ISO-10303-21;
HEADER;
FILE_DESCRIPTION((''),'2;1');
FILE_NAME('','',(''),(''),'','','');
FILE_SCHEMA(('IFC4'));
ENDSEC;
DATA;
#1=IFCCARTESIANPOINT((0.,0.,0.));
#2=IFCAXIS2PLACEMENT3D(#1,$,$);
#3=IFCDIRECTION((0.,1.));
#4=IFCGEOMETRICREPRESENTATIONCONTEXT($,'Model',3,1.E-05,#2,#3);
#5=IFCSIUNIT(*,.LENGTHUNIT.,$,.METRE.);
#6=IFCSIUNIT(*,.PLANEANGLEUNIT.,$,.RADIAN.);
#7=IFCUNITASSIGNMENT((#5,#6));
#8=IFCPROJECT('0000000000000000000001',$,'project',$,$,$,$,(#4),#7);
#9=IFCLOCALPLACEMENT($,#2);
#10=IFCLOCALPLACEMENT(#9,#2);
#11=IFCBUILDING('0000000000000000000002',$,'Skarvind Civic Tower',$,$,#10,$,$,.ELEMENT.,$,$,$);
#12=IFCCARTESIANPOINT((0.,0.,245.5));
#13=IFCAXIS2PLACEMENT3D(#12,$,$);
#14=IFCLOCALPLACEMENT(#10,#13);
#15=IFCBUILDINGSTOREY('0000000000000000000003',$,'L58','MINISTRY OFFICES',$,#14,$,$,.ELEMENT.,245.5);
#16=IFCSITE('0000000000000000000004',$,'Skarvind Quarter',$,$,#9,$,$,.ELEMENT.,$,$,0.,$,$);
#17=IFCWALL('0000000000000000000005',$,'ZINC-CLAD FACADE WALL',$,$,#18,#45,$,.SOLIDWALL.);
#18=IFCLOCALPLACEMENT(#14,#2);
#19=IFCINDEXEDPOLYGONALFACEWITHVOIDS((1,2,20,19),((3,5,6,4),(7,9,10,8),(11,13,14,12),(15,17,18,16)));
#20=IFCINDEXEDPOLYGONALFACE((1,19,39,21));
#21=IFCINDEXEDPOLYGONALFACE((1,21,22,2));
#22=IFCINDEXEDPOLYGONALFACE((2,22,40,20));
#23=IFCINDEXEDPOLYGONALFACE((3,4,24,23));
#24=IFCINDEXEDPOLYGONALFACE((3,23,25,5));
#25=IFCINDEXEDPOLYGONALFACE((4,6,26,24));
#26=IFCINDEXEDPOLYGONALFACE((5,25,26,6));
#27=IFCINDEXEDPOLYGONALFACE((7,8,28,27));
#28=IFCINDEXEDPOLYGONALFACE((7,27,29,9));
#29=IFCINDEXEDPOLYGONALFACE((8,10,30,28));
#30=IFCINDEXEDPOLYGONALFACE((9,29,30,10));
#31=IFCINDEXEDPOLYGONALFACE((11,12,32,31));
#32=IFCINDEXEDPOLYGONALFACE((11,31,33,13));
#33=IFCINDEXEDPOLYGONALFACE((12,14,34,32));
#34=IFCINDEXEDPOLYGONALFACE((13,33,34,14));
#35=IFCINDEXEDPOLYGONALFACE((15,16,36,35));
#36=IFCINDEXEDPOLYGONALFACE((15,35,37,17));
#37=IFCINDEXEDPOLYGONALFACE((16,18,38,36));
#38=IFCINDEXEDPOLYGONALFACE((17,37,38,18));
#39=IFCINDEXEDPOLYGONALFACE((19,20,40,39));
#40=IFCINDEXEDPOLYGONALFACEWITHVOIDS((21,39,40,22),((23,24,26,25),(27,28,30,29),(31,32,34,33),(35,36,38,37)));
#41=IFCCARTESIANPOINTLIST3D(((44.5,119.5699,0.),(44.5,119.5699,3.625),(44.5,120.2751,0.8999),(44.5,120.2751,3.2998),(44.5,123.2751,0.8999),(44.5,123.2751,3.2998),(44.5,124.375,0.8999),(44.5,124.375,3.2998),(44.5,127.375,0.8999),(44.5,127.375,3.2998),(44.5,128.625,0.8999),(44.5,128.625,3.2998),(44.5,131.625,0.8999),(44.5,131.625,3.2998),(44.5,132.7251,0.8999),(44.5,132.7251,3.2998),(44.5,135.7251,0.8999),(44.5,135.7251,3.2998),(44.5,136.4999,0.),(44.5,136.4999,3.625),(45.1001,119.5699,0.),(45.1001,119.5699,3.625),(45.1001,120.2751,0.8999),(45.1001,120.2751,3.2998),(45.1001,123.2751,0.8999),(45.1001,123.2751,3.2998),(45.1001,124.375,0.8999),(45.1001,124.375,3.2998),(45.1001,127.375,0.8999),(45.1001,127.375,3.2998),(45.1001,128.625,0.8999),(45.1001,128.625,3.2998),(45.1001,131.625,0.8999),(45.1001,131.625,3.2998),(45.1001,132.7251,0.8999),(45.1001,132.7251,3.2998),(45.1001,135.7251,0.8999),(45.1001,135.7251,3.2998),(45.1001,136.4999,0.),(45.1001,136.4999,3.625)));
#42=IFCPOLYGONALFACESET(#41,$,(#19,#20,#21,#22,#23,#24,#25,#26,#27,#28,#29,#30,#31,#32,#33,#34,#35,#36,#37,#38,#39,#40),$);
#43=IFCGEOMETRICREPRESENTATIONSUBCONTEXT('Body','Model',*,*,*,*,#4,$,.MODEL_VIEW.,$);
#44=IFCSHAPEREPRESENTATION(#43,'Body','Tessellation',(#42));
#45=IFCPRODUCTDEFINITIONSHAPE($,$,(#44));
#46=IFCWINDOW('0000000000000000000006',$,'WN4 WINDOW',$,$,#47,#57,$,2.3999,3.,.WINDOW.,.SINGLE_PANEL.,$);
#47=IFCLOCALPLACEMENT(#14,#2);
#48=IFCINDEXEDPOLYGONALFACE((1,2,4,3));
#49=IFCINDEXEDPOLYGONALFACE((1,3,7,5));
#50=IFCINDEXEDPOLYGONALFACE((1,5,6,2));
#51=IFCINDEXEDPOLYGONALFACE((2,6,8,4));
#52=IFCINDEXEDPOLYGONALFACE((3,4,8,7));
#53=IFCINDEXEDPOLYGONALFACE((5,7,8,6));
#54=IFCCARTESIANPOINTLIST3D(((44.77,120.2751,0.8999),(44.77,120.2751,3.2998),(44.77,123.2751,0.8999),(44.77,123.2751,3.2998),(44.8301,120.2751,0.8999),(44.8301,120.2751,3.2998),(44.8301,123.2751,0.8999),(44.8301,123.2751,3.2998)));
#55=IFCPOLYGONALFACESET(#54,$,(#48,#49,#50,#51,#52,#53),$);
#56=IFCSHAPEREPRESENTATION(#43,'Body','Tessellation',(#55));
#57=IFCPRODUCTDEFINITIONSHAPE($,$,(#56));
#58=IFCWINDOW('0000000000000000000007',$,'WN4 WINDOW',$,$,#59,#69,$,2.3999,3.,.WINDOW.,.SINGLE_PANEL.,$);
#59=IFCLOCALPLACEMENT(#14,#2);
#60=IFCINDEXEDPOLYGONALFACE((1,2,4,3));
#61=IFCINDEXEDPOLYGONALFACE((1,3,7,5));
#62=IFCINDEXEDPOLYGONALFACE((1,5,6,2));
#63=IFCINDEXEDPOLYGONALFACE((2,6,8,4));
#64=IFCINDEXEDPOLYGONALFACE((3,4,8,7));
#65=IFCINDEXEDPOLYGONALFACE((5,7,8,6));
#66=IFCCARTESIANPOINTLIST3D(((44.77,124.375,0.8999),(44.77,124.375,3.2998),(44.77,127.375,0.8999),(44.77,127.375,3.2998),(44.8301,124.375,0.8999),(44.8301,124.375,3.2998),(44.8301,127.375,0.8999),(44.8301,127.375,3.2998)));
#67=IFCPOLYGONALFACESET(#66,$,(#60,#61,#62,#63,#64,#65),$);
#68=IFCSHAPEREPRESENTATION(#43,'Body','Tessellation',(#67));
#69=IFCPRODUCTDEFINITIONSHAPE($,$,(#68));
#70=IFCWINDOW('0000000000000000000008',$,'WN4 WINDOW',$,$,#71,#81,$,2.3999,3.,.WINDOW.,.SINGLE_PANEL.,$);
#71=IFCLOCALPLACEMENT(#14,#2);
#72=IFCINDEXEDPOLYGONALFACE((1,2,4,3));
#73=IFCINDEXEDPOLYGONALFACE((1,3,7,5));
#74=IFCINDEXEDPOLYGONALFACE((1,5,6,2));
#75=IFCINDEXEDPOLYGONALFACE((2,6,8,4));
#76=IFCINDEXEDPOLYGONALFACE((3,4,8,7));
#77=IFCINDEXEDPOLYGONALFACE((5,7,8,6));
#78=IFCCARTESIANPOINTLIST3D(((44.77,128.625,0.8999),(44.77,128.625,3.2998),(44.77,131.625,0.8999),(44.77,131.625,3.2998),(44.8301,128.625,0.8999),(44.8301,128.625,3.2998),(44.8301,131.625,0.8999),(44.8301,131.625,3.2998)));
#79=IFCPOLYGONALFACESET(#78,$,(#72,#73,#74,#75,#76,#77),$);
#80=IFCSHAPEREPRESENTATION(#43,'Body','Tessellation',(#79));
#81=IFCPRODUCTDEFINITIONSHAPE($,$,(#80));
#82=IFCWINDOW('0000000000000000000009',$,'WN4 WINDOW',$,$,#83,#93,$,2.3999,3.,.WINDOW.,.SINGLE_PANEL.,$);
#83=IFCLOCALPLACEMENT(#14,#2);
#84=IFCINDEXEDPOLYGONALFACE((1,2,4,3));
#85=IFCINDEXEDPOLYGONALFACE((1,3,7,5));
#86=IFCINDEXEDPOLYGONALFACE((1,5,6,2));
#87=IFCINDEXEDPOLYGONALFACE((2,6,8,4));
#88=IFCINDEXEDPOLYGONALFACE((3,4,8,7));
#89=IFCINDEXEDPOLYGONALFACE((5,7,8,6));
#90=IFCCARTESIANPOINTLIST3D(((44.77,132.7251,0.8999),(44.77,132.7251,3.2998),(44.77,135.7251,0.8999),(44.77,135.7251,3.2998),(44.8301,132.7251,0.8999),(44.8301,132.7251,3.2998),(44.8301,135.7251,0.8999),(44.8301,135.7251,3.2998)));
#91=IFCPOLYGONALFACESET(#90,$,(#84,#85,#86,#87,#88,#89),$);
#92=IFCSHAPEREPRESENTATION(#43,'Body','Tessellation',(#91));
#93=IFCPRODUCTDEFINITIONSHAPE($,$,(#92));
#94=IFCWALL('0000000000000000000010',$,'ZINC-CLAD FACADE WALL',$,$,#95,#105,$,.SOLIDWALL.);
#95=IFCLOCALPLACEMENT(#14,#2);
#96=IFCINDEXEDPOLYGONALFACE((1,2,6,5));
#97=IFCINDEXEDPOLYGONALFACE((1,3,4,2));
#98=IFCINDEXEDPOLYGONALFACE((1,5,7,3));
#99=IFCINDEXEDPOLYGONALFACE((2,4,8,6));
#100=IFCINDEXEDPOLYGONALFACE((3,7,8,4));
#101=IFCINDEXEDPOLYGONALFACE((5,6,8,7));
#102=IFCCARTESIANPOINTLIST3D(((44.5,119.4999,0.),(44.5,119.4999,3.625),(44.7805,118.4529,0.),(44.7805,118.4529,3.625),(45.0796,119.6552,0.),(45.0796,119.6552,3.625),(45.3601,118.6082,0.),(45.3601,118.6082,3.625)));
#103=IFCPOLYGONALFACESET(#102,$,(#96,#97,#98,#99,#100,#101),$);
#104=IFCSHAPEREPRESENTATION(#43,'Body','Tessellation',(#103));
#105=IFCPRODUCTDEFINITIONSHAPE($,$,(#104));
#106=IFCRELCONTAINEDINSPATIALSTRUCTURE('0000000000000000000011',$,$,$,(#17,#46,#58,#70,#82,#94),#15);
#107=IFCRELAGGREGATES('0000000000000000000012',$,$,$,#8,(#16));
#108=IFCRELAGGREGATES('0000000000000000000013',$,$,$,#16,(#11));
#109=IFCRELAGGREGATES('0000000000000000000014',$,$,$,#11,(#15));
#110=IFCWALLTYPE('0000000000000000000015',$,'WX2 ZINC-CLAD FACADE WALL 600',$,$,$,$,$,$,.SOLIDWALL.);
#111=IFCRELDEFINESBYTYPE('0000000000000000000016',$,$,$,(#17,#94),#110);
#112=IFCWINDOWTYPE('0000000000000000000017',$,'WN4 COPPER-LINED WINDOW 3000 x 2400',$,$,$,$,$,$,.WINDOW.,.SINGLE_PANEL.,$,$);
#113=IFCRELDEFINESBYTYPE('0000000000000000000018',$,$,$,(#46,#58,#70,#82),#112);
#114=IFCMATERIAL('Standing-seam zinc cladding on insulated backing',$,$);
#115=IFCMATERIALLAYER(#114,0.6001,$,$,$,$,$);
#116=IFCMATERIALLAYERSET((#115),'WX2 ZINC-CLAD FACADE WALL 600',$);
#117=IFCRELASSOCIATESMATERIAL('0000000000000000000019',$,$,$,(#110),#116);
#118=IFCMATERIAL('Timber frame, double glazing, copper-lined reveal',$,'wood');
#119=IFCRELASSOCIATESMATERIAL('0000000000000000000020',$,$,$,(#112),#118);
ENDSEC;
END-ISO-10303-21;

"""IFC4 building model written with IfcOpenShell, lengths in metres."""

from ifc_helpers import new_model, si_unit, direction, frame, frame_2d, origin, place, context, subcontext, project, spatial, rectangle, extrude, material, layer, layer_set, type_object, element, fill, save


model = new_model("IFC4")

# Units and contexts
model_context = context("Model", 3, precision=1e-05, world=origin(), true_north=direction((0.0, 1.0)))
body_context = subcontext(model_context, "Body", "Model", "MODEL_VIEW")
ifc_project = project(units=[si_unit("LENGTHUNIT", "METRE"), si_unit("PLANEANGLEUNIT", "RADIAN")], contexts=[model_context])

# Site, building, storey
site_placement = place(None, origin())
site = spatial("IfcSite", under=ifc_project, at=site_placement, Name="Skarvind Quarter", CompositionType="ELEMENT", RefElevation=0.0)
building_placement = place(site_placement, origin())
building = spatial("IfcBuilding", under=site, at=building_placement, Name="Skarvind Civic Tower", CompositionType="ELEMENT")
storey_placement = place(building_placement, frame((0.0, 0.0, 245.5)))
storey = spatial("IfcBuildingStorey", under=building, at=storey_placement, Name="L58", Description="MINISTRY OFFICES", CompositionType="ELEMENT", Elevation=245.5)

# Wall, openings, windows
ifc_material_1 = material(Name="Standing-seam zinc cladding on insulated backing")
ifc_layer_1 = layer(ifc_material_1, 0.6001)
ifc_layer_set_1 = layer_set([ifc_layer_1], Name="WX2 ZINC-CLAD FACADE WALL 600")
wall_type_1 = type_object("IfcWallType", Name="WX2 ZINC-CLAD FACADE WALL 600", PredefinedType="SOLIDWALL", material=ifc_layer_set_1)
wall_1_placement = place(storey_placement, frame((44.8, 119.5701, 0.0), z_axis=(0.0, 0.0, 1.0), x_axis=(0.0, 1.0, 0.0)))
wall_1 = element("IfcWall", 1, at=wall_1_placement, inside=storey, type_object=wall_type_1, Name="ZINC-CLAD FACADE WALL", PredefinedType="SOLIDWALL", context=body_context, shape_type="SweptSolid", body=[
    extrude(rectangle(XDim=16.9299, YDim=0.6001, at=frame_2d((8.4648, 0.0))), origin(), (0.0, 0.0, 1.0), 3.625),
])
opening_1_placement = place(wall_1_placement, frame((0.7051, 0.0, 0.8999)))
opening_1 = element("IfcOpeningElement", 2, at=opening_1_placement, cuts=wall_1, PredefinedType="OPENING", context=body_context, shape_type="SweptSolid", body=[
    extrude(rectangle(XDim=3.0, YDim=2.3999, at=frame_2d((1.5, 1.2))), frame((0.0, 0.3101, 0.0), z_axis=(0.0, -1.0, 0.0), x_axis=(1.0, 0.0, 0.0)), (0.0, 0.0, 1.0), 0.6201),
])
opening_2_placement = place(wall_1_placement, frame((4.8049, 0.0, 0.8999)))
opening_2 = element("IfcOpeningElement", 3, at=opening_2_placement, cuts=wall_1, PredefinedType="OPENING", context=body_context, shape_type="SweptSolid", body=[
    extrude(rectangle(XDim=3.0, YDim=2.3999, at=frame_2d((1.5, 1.2))), frame((0.0, 0.3101, 0.0), z_axis=(0.0, -1.0, 0.0), x_axis=(1.0, 0.0, 0.0)), (0.0, 0.0, 1.0), 0.6201),
])
opening_3_placement = place(wall_1_placement, frame((9.0549, 0.0, 0.8999)))
opening_3 = element("IfcOpeningElement", 4, at=opening_3_placement, cuts=wall_1, PredefinedType="OPENING", context=body_context, shape_type="SweptSolid", body=[
    extrude(rectangle(XDim=3.0, YDim=2.3999, at=frame_2d((1.5, 1.2))), frame((0.0, 0.3101, 0.0), z_axis=(0.0, -1.0, 0.0), x_axis=(1.0, 0.0, 0.0)), (0.0, 0.0, 1.0), 0.6201),
])
opening_4_placement = place(wall_1_placement, frame((13.155, 0.0, 0.8999)))
opening_4 = element("IfcOpeningElement", 5, at=opening_4_placement, cuts=wall_1, PredefinedType="OPENING", context=body_context, shape_type="SweptSolid", body=[
    extrude(rectangle(XDim=3.0, YDim=2.3999, at=frame_2d((1.5, 1.2))), frame((0.0, 0.3101, 0.0), z_axis=(0.0, -1.0, 0.0), x_axis=(1.0, 0.0, 0.0)), (0.0, 0.0, 1.0), 0.6201),
])
ifc_material_2 = material(Name="Timber frame, double glazing, copper-lined reveal", Category="wood")
window_type = type_object("IfcWindowType", Name="WN4 COPPER-LINED WINDOW 3000 x 2400", PartitioningType="SINGLE_PANEL", PredefinedType="WINDOW", material=ifc_material_2)
window_1_placement = place(opening_1_placement, origin())
window_1 = element("IfcWindow", 6, at=window_1_placement, inside=storey, type_object=window_type, Name="WN4 WINDOW", OverallHeight=2.3999, OverallWidth=3.0, PartitioningType="SINGLE_PANEL", PredefinedType="WINDOW", context=body_context, shape_type="SweptSolid", body=[
    extrude(rectangle(XDim=3.0, YDim=2.3999, at=frame_2d((1.5, 1.2))), frame((0.0, 0.03, 0.0), z_axis=(0.0, -1.0, 0.0), x_axis=(1.0, 0.0, 0.0)), (0.0, 0.0, 1.0), 0.0601),
])
fill(opening_1, window_1)
window_2_placement = place(opening_2_placement, origin())
window_2 = element("IfcWindow", 7, at=window_2_placement, inside=storey, type_object=window_type, Name="WN4 WINDOW", OverallHeight=2.3999, OverallWidth=3.0, PartitioningType="SINGLE_PANEL", PredefinedType="WINDOW", context=body_context, shape_type="SweptSolid", body=[
    extrude(rectangle(XDim=3.0, YDim=2.3999, at=frame_2d((1.5, 1.2))), frame((0.0, 0.03, 0.0), z_axis=(0.0, -1.0, 0.0), x_axis=(1.0, 0.0, 0.0)), (0.0, 0.0, 1.0), 0.0601),
])
fill(opening_2, window_2)
window_3_placement = place(opening_3_placement, origin())
window_3 = element("IfcWindow", 8, at=window_3_placement, inside=storey, type_object=window_type, Name="WN4 WINDOW", OverallHeight=2.3999, OverallWidth=3.0, PartitioningType="SINGLE_PANEL", PredefinedType="WINDOW", context=body_context, shape_type="SweptSolid", body=[
    extrude(rectangle(XDim=3.0, YDim=2.3999, at=frame_2d((1.5, 1.2))), frame((0.0, 0.03, 0.0), z_axis=(0.0, -1.0, 0.0), x_axis=(1.0, 0.0, 0.0)), (0.0, 0.0, 1.0), 0.0601),
])
fill(opening_3, window_3)
window_4_placement = place(opening_4_placement, origin())
window_4 = element("IfcWindow", 9, at=window_4_placement, inside=storey, type_object=window_type, Name="WN4 WINDOW", OverallHeight=2.3999, OverallWidth=3.0, PartitioningType="SINGLE_PANEL", PredefinedType="WINDOW", context=body_context, shape_type="SweptSolid", body=[
    extrude(rectangle(XDim=3.0, YDim=2.3999, at=frame_2d((1.5, 1.2))), frame((0.0, 0.03, 0.0), z_axis=(0.0, -1.0, 0.0), x_axis=(1.0, 0.0, 0.0)), (0.0, 0.0, 1.0), 0.0601),
])
fill(opening_4, window_4)

# Wall
wall_2_placement = place(storey_placement, frame((45.0703, 118.5305, 0.0), z_axis=(0.0, 0.0, 1.0), x_axis=(-0.25877, 0.965939, 0.0)))
element("IfcWall", 10, at=wall_2_placement, inside=storey, type_object=wall_type_1, Name="ZINC-CLAD FACADE WALL", PredefinedType="SOLIDWALL", context=body_context, shape_type="SweptSolid", body=[
    extrude(rectangle(XDim=1.084, YDim=0.6001, at=frame_2d((0.542, 0.0))), origin(), (0.0, 0.0, 1.0), 3.625),
])

save(model, "model.ifc")
